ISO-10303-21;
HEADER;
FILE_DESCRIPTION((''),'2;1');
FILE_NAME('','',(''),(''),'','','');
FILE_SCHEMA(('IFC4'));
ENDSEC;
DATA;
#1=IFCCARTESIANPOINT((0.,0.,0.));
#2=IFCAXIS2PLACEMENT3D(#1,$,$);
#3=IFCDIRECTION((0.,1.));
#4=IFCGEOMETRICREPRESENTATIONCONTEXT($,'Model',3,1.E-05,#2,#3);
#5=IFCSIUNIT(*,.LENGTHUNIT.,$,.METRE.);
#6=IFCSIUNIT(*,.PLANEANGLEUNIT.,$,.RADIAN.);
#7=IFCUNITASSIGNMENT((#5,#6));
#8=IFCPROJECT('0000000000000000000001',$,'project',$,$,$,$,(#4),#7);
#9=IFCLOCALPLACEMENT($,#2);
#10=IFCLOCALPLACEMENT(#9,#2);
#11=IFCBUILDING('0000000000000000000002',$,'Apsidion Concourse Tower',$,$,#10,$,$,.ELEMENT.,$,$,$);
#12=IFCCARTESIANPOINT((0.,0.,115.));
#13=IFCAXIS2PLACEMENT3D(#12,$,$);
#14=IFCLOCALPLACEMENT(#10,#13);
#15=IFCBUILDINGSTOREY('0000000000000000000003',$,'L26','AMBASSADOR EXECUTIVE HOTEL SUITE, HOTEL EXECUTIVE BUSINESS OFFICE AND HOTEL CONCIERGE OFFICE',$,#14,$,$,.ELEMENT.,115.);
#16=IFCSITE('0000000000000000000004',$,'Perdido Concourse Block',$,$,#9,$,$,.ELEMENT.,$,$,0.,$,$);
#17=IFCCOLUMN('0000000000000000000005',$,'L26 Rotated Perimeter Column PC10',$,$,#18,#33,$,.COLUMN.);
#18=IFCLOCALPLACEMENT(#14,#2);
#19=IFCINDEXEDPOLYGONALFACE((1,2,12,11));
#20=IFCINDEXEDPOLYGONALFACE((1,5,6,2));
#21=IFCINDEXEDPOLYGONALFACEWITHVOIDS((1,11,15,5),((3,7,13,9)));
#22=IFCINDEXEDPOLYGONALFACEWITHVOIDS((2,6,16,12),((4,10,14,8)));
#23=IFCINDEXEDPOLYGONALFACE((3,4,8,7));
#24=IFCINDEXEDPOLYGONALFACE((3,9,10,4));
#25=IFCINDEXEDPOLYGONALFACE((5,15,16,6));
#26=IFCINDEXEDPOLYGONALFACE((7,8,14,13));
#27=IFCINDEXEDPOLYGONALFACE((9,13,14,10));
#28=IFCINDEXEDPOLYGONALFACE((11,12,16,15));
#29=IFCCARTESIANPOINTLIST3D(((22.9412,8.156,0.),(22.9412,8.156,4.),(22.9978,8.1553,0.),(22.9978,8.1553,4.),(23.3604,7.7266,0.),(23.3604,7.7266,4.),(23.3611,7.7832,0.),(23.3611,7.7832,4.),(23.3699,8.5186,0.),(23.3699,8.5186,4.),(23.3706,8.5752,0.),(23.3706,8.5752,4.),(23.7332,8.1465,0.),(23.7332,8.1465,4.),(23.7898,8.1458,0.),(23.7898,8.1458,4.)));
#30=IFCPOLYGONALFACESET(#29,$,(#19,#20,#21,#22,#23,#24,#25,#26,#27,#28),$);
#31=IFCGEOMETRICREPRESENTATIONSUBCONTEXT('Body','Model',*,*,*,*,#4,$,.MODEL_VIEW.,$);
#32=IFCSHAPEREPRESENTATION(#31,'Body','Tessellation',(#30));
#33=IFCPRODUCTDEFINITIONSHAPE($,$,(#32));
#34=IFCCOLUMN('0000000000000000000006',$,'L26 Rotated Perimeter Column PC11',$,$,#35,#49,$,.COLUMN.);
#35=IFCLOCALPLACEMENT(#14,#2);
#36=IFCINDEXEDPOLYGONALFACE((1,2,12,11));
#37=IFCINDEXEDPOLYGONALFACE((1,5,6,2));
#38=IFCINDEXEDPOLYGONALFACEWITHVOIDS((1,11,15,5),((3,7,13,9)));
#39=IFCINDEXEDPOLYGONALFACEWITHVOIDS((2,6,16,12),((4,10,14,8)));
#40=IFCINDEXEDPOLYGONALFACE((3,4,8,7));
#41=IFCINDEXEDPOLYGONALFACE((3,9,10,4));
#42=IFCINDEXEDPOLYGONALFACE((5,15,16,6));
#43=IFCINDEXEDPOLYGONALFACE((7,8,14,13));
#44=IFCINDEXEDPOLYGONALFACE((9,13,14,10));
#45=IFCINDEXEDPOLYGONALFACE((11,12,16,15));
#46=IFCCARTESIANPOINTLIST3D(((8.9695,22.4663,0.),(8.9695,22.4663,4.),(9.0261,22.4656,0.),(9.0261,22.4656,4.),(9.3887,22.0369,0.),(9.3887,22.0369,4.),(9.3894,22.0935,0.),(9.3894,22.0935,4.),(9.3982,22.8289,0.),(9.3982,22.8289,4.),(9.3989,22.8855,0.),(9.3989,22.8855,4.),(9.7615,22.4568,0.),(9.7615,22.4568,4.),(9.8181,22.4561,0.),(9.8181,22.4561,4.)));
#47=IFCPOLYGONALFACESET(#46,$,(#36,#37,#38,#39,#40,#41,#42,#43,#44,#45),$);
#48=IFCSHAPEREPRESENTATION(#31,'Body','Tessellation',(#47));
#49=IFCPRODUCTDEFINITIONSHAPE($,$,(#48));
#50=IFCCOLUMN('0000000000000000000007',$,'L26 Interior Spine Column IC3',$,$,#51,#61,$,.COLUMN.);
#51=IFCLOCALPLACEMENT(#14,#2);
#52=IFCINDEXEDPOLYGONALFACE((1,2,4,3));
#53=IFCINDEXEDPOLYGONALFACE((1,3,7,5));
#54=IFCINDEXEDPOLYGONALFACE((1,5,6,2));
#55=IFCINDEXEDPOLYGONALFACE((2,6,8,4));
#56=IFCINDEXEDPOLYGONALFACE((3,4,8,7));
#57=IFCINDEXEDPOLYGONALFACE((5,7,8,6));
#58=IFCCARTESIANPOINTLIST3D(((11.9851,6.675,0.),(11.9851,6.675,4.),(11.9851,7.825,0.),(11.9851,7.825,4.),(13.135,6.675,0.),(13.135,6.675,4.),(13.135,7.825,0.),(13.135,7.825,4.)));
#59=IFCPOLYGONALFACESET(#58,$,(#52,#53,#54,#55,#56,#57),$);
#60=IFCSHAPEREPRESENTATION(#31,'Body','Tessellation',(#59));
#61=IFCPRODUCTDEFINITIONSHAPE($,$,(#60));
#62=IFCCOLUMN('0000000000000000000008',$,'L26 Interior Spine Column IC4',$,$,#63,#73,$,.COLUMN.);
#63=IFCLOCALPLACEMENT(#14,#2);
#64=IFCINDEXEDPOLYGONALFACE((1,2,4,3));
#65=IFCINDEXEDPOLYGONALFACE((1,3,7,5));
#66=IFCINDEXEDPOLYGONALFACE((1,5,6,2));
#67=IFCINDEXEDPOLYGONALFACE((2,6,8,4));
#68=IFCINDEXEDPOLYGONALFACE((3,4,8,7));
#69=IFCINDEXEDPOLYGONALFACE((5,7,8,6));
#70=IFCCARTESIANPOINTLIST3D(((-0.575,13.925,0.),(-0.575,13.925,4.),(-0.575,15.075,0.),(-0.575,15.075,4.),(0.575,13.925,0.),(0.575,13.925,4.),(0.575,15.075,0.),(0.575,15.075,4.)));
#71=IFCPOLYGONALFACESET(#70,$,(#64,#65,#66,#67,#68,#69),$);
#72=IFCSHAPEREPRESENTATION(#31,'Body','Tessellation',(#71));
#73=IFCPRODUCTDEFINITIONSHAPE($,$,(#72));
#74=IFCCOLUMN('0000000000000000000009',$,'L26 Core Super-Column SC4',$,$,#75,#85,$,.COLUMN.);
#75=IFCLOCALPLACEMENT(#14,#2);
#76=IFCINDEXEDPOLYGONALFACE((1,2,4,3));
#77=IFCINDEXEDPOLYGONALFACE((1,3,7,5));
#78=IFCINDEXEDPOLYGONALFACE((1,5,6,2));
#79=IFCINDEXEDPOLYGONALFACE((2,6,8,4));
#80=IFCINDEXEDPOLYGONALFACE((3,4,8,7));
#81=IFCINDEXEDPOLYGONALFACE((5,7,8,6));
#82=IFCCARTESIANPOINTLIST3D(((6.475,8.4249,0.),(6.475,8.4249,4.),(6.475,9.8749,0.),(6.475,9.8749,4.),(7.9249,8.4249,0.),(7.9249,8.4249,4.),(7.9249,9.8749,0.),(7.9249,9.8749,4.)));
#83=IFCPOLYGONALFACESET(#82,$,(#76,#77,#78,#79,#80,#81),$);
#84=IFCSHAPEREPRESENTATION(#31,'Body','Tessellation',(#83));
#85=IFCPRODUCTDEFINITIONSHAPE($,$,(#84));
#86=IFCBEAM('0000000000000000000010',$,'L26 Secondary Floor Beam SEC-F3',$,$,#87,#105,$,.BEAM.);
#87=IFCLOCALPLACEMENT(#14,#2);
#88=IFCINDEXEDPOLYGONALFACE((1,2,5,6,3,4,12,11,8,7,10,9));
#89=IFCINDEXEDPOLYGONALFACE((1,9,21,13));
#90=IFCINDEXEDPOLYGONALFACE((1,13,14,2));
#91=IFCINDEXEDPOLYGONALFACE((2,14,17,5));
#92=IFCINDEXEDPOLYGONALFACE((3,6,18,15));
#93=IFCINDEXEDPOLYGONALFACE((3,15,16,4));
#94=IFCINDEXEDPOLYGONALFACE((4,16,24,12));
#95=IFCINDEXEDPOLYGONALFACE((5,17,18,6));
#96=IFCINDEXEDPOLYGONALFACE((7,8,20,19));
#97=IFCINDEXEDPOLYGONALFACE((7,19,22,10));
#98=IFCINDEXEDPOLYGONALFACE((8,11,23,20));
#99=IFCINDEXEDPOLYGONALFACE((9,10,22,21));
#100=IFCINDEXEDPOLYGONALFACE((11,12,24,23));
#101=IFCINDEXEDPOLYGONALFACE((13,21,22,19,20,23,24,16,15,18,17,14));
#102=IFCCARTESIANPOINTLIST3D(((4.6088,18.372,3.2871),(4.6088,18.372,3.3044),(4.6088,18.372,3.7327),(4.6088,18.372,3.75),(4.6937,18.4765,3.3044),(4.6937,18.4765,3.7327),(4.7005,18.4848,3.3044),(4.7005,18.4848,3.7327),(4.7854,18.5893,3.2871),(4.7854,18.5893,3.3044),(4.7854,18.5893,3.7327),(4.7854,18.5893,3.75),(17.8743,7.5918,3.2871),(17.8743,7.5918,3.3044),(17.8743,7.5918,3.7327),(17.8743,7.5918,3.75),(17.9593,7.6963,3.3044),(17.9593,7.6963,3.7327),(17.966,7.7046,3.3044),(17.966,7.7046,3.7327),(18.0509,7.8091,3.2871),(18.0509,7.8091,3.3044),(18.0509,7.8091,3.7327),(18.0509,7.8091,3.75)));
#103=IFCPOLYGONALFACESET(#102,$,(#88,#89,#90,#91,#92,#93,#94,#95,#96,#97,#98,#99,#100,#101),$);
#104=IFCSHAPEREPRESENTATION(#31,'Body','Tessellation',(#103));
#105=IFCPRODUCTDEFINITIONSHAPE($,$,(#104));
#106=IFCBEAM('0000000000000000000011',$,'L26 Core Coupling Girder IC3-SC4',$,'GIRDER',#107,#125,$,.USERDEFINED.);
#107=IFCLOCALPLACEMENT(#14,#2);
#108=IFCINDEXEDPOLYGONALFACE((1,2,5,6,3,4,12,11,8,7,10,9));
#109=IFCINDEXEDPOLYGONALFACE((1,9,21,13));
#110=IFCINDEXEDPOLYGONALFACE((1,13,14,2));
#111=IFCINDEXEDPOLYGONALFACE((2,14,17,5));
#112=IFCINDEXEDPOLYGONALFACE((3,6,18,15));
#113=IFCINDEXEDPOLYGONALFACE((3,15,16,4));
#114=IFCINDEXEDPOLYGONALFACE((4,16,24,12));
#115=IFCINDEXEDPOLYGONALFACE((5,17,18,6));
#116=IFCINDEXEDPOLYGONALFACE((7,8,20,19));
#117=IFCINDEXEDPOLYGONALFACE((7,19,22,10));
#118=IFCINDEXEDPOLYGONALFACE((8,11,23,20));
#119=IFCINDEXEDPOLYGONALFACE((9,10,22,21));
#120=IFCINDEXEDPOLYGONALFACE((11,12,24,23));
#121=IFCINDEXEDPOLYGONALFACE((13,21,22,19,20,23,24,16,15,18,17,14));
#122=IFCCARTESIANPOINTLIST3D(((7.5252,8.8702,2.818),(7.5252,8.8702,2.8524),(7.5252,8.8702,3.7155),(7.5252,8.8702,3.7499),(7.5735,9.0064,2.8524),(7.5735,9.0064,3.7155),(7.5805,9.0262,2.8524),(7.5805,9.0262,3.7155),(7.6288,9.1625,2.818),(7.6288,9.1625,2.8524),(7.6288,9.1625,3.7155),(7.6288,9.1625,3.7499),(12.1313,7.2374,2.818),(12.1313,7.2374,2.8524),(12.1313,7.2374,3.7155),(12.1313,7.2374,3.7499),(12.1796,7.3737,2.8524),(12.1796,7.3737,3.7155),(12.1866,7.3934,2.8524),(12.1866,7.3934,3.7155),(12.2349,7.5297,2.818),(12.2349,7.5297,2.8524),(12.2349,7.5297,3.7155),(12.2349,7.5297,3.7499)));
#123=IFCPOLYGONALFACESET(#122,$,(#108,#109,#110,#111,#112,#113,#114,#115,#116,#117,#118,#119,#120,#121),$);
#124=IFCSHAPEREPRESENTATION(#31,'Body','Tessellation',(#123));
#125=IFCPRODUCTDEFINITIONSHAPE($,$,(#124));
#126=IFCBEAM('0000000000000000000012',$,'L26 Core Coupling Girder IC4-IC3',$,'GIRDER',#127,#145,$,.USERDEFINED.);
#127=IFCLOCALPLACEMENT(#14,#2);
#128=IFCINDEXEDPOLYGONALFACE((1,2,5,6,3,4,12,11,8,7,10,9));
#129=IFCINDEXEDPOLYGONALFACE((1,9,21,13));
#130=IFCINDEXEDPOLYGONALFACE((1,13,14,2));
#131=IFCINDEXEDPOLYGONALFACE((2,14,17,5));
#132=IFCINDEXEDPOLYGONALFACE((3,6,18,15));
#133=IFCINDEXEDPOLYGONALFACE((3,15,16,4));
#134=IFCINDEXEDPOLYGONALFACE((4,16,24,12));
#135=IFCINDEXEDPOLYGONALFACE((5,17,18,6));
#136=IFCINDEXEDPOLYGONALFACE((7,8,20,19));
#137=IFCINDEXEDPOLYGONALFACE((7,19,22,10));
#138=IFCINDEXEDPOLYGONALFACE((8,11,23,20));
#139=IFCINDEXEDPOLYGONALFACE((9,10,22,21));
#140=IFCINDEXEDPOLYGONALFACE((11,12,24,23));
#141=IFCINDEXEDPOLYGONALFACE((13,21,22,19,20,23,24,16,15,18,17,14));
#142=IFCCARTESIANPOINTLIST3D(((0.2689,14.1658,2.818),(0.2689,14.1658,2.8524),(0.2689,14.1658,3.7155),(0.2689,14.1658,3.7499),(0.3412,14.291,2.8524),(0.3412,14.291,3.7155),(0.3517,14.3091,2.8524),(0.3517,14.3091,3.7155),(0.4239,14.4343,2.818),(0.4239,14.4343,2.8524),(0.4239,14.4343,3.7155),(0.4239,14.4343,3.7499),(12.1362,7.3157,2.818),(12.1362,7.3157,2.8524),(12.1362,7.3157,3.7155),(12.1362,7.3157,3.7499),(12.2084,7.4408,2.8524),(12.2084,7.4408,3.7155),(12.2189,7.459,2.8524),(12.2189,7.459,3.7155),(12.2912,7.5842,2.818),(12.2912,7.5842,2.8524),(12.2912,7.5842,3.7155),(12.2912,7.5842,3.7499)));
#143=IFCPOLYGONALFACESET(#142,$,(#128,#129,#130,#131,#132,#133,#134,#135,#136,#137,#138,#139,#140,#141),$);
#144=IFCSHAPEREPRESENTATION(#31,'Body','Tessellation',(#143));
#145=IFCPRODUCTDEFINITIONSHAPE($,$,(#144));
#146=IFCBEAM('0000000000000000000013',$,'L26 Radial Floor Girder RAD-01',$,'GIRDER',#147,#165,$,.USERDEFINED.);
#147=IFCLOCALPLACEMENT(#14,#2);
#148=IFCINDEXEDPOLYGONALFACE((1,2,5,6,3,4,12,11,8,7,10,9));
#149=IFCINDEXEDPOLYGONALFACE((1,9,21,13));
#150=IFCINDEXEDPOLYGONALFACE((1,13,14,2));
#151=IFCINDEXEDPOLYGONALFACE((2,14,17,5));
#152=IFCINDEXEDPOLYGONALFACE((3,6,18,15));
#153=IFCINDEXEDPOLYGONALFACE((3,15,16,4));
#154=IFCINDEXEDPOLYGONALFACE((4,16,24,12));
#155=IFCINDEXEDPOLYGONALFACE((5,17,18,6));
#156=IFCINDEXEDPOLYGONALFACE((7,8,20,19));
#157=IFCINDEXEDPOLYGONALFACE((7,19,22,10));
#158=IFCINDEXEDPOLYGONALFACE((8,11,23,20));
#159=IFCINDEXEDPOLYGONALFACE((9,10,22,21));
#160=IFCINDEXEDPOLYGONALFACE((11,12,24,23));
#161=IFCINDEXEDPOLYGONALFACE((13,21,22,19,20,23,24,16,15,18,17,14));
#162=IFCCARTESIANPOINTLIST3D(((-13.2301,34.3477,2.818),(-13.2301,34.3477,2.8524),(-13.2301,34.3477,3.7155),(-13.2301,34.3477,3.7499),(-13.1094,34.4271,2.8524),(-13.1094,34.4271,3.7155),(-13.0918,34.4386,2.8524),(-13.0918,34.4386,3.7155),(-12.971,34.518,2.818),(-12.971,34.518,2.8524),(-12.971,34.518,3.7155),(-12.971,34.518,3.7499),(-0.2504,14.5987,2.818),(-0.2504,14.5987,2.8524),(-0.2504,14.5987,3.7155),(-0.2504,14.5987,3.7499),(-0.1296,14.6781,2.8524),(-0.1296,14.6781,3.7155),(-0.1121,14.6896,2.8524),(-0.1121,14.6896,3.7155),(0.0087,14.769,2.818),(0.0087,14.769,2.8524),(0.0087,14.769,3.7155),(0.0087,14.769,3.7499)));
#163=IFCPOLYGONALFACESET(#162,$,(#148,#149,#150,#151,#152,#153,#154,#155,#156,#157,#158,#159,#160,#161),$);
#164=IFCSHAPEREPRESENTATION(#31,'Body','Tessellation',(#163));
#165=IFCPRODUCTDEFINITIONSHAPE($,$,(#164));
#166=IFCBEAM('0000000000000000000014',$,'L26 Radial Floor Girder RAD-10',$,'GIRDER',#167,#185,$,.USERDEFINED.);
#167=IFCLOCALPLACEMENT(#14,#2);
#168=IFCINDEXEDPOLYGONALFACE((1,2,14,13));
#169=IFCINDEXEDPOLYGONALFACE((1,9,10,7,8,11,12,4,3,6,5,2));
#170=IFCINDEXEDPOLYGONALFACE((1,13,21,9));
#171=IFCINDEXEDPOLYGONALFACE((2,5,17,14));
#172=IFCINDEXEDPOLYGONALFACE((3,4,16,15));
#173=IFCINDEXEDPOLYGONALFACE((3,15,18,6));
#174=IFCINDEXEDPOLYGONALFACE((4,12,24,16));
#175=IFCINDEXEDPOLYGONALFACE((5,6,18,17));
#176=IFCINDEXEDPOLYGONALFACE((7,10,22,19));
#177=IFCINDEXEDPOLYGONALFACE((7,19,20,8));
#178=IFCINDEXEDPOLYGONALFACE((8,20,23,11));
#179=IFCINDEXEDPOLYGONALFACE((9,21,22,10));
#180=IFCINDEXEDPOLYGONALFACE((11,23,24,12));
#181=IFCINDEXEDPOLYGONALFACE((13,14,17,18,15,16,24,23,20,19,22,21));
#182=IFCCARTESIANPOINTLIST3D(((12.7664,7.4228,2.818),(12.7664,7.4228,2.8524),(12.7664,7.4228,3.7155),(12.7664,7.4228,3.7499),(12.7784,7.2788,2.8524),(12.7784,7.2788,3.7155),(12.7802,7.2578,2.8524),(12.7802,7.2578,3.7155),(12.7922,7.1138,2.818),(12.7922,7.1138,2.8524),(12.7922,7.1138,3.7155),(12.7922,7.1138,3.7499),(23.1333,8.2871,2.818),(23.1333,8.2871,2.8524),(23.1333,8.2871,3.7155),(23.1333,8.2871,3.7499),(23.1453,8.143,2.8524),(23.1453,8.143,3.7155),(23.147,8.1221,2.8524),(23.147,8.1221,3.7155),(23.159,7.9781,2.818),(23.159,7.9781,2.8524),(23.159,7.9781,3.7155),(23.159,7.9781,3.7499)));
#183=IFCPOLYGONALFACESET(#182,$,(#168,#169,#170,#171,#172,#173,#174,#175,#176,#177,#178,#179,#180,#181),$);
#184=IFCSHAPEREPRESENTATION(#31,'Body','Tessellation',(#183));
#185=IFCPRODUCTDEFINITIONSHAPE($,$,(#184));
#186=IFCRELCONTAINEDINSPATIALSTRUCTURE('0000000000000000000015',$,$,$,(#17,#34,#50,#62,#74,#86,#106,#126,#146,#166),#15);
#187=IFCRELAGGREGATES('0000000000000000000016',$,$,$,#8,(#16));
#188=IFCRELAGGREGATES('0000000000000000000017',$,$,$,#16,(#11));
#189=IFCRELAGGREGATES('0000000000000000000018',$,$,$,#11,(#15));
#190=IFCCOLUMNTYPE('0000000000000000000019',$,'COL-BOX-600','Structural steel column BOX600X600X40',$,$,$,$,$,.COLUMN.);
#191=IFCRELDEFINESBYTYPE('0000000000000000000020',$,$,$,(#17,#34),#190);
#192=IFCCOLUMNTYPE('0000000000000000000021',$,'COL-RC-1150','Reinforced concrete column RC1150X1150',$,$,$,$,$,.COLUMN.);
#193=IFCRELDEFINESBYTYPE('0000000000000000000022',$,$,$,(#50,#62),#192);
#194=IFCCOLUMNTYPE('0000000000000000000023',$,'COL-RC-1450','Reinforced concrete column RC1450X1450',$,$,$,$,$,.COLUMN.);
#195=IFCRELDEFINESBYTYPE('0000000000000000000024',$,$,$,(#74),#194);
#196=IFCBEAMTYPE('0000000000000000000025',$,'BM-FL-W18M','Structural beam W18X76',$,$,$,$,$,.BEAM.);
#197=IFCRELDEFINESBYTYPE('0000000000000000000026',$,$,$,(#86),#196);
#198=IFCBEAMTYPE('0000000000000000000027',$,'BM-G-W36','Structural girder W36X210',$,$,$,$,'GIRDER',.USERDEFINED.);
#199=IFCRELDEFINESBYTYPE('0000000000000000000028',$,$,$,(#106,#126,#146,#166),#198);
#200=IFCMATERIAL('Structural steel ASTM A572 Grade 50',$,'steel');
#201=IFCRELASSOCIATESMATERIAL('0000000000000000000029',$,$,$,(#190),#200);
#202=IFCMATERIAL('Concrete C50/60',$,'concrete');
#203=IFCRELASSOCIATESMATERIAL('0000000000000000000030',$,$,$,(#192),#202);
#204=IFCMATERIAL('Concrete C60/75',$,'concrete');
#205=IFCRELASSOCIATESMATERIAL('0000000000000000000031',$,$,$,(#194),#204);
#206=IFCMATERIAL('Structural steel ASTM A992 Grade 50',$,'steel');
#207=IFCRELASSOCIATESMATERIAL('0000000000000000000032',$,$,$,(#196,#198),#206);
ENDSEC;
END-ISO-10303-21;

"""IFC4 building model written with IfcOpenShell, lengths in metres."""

from ifc_helpers import new_model, si_unit, direction, frame, origin, origin_2d, place, context, subcontext, project, spatial, rectangle, hollow_rectangle, i_section, extrude, material, material_profile, profile_set, type_object, element, save


model = new_model("IFC4")

# Units and contexts
model_context = context("Model", 3, precision=1e-05, world=origin(), true_north=direction((0.0, 1.0)))
body_context = subcontext(model_context, "Body", "Model", "MODEL_VIEW")
ifc_project = project(units=[si_unit("LENGTHUNIT", "METRE"), si_unit("PLANEANGLEUNIT", "RADIAN")], contexts=[model_context])

# Site, building, storey
site_placement = place(None, origin())
site = spatial("IfcSite", under=ifc_project, at=site_placement, Name="Perdido Concourse Block", CompositionType="ELEMENT", RefElevation=0.0)
building_placement = place(site_placement, origin())
building = spatial("IfcBuilding", under=site, at=building_placement, Name="Apsidion Concourse Tower", CompositionType="ELEMENT")
storey_placement = place(building_placement, frame((0.0, 0.0, 115.0)))
storey = spatial("IfcBuildingStorey", under=building, at=storey_placement, Name="L26", Description="AMBASSADOR EXECUTIVE HOTEL SUITE, HOTEL EXECUTIVE BUSINESS OFFICE AND HOTEL CONCIERGE OFFICE", CompositionType="ELEMENT", Elevation=115.0)

# Columns
ifc_material_1 = material(Name="Structural steel ASTM A572 Grade 50", Category="steel")
ifc_material_profile_1 = material_profile(ifc_material_1, hollow_rectangle(XDim=0.6001, YDim=0.6001, WallThickness=0.04, at=origin_2d()), Name="BOX600X600X40")
ifc_profile_set_1 = profile_set([ifc_material_profile_1], Name="Structural steel ASTM A572 Grade 50")
column_type_1 = type_object("IfcColumnType", Name="COL-BOX-600", Description="Structural steel column BOX600X600X40", PredefinedType="COLUMN", material=ifc_profile_set_1)
for number, where, z_axis, x_axis, name in (
    (1, (23.3655, 8.1509, 0.0), (0.0, 0.0, 1.0), (-0.69854, 0.715571, 0.0), "L26 Rotated Perimeter Column PC10"),
    (2, (9.3938, 22.4612, 0.0), (0.0, 0.0, 1.0), (-0.69854, 0.715571, 0.0), "L26 Rotated Perimeter Column PC11"),
):
    element("IfcColumn", number, at=place(storey_placement, frame(where, z_axis=z_axis, x_axis=x_axis)), inside=storey, type_object=column_type_1, Name=name, PredefinedType="COLUMN", context=body_context, shape_type="SweptSolid", body=[
        extrude(hollow_rectangle(XDim=0.6001, YDim=0.6001, WallThickness=0.04, at=origin_2d()), origin(), (0.0, 0.0, 1.0), 4.0),
    ])
ifc_material_2 = material(Name="Concrete C50/60", Category="concrete")
ifc_material_profile_2 = material_profile(ifc_material_2, rectangle(XDim=1.1499, YDim=1.1499, at=origin_2d()), Name="RC 1150x1150")
ifc_profile_set_2 = profile_set([ifc_material_profile_2], Name="Concrete C50/60")
column_type_2 = type_object("IfcColumnType", Name="COL-RC-1150", Description="Reinforced concrete column RC1150X1150", PredefinedType="COLUMN", material=ifc_profile_set_2)
for number, where, z_axis, x_axis, name in (
    (3, (12.5601, 7.25, 0.0), (0.0, 0.0, 1.0), (1.0, 0.0, 0.0), "L26 Interior Spine Column IC3"),
    (4, (0.0, 14.5, 0.0), (0.0, 0.0, 1.0), (1.0, 0.0, 0.0), "L26 Interior Spine Column IC4"),
):
    element("IfcColumn", number, at=place(storey_placement, frame(where, z_axis=z_axis, x_axis=x_axis)), inside=storey, type_object=column_type_2, Name=name, PredefinedType="COLUMN", context=body_context, shape_type="SweptSolid", body=[
        extrude(rectangle(XDim=1.1499, YDim=1.1499, at=origin_2d()), origin(), (0.0, 0.0, 1.0), 4.0),
    ])
ifc_material_3 = material(Name="Concrete C60/75", Category="concrete")
ifc_material_profile_3 = material_profile(ifc_material_3, rectangle(XDim=1.45, YDim=1.45, at=origin_2d()), Name="RC 1450x1450")
ifc_profile_set_3 = profile_set([ifc_material_profile_3], Name="Concrete C60/75")
column_type_3 = type_object("IfcColumnType", Name="COL-RC-1450", Description="Reinforced concrete column RC1450X1450", PredefinedType="COLUMN", material=ifc_profile_set_3)
column_placement = place(storey_placement, frame((7.2, 9.1499, 0.0), z_axis=(0.0, 0.0, 1.0), x_axis=(1.0, 0.0, 0.0)))
element("IfcColumn", 5, at=column_placement, inside=storey, type_object=column_type_3, Name="L26 Core Super-Column SC4", PredefinedType="COLUMN", context=body_context, shape_type="SweptSolid", body=[
    extrude(rectangle(XDim=1.45, YDim=1.45, at=origin_2d()), origin(), (0.0, 0.0, 1.0), 4.0),
])

# Beams
ifc_material_4 = material(Name="Structural steel ASTM A992 Grade 50", Category="steel")
ifc_material_profile_4 = material_profile(ifc_material_4, i_section(OverallWidth=0.28, OverallDepth=0.4629, WebThickness=0.0107, FlangeThickness=0.0173, at=origin_2d()), Name="W18X76")
ifc_profile_set_4 = profile_set([ifc_material_profile_4], Name="Structural steel ASTM A992 Grade 50")
beam_type_1 = type_object("IfcBeamType", Name="BM-FL-W18M", Description="Structural beam W18X76", PredefinedType="BEAM", material=ifc_profile_set_4)
beam_1_placement = place(storey_placement, frame((17.9626, 7.7004, 3.5186), z_axis=(-0.776058, 0.630661, 0.0), x_axis=(-0.630661, -0.776058, 0.0)))
element("IfcBeam", 6, at=beam_1_placement, inside=storey, type_object=beam_type_1, Name="L26 Secondary Floor Beam SEC-F3", PredefinedType="BEAM", context=body_context, shape_type="SweptSolid", body=[
    extrude(i_section(OverallWidth=0.28, OverallDepth=0.4629, WebThickness=0.0107, FlangeThickness=0.0173, at=origin_2d()), origin(), (0.0, 0.0, 1.0), 17.0935),
])
ifc_material_profile_5 = material_profile(ifc_material_4, i_section(OverallWidth=0.3101, OverallDepth=0.9319, WebThickness=0.021, FlangeThickness=0.0344, at=origin_2d()), Name="W36X210")
ifc_profile_set_5 = profile_set([ifc_material_profile_5], Name="Structural steel ASTM A992 Grade 50")
beam_type_2 = type_object("IfcBeamType", Name="BM-G-W36", Description="Structural girder W36X210", ElementType="GIRDER", PredefinedType="USERDEFINED", material=ifc_profile_set_5)
beam_2_placement = place(storey_placement, frame((12.1831, 7.3835, 3.2839), z_axis=(-0.942534, 0.334111, 0.0), x_axis=(-0.334111, -0.942534, 0.0)))
element("IfcBeam", 7, at=beam_2_placement, inside=storey, type_object=beam_type_2, Name="L26 Core Coupling Girder IC3-SC4", ObjectType="GIRDER", PredefinedType="USERDEFINED", context=body_context, shape_type="SweptSolid", body=[
    extrude(i_section(OverallWidth=0.3101, OverallDepth=0.9319, WebThickness=0.021, FlangeThickness=0.0344, at=origin_2d()), origin(), (0.0, 0.0, 1.0), 4.887),
])
beam_3_placement = place(storey_placement, frame((0.3464, 14.3, 3.2839), z_axis=(0.86607, -0.499922, 0.0), x_axis=(0.499922, 0.86607, 0.0)))
element("IfcBeam", 8, at=beam_3_placement, inside=storey, type_object=beam_type_2, Name="L26 Core Coupling Girder IC4-IC3", ObjectType="GIRDER", PredefinedType="USERDEFINED", context=body_context, shape_type="SweptSolid", body=[
    extrude(i_section(OverallWidth=0.3101, OverallDepth=0.9319, WebThickness=0.021, FlangeThickness=0.0344, at=origin_2d()), origin(), (0.0, 0.0, 1.0), 13.7024),
])
beam_4_placement = place(storey_placement, frame((-0.1208, 14.6838, 3.2839), z_axis=(-0.549231, 0.83567, 0.0), x_axis=(-0.83567, -0.549231, 0.0)))
element("IfcBeam", 9, at=beam_4_placement, inside=storey, type_object=beam_type_2, Name="L26 Radial Floor Girder RAD-01", ObjectType="GIRDER", PredefinedType="USERDEFINED", context=body_context, shape_type="SweptSolid", body=[
    extrude(i_section(OverallWidth=0.3101, OverallDepth=0.9319, WebThickness=0.021, FlangeThickness=0.0344, at=origin_2d()), origin(), (0.0, 0.0, 1.0), 23.6326),
])
beam_5_placement = place(storey_placement, frame((12.7793, 7.2683, 3.2839), z_axis=(0.996543, 0.083078, 0.0), x_axis=(-0.083078, 0.996543, 0.0)))
element("IfcBeam", 10, at=beam_5_placement, inside=storey, type_object=beam_type_2, Name="L26 Radial Floor Girder RAD-10", ObjectType="GIRDER", PredefinedType="USERDEFINED", context=body_context, shape_type="SweptSolid", body=[
    extrude(i_section(OverallWidth=0.3101, OverallDepth=0.9319, WebThickness=0.021, FlangeThickness=0.0344, at=origin_2d()), origin(), (0.0, 0.0, 1.0), 10.4028),
])

save(model, "model.ifc")
